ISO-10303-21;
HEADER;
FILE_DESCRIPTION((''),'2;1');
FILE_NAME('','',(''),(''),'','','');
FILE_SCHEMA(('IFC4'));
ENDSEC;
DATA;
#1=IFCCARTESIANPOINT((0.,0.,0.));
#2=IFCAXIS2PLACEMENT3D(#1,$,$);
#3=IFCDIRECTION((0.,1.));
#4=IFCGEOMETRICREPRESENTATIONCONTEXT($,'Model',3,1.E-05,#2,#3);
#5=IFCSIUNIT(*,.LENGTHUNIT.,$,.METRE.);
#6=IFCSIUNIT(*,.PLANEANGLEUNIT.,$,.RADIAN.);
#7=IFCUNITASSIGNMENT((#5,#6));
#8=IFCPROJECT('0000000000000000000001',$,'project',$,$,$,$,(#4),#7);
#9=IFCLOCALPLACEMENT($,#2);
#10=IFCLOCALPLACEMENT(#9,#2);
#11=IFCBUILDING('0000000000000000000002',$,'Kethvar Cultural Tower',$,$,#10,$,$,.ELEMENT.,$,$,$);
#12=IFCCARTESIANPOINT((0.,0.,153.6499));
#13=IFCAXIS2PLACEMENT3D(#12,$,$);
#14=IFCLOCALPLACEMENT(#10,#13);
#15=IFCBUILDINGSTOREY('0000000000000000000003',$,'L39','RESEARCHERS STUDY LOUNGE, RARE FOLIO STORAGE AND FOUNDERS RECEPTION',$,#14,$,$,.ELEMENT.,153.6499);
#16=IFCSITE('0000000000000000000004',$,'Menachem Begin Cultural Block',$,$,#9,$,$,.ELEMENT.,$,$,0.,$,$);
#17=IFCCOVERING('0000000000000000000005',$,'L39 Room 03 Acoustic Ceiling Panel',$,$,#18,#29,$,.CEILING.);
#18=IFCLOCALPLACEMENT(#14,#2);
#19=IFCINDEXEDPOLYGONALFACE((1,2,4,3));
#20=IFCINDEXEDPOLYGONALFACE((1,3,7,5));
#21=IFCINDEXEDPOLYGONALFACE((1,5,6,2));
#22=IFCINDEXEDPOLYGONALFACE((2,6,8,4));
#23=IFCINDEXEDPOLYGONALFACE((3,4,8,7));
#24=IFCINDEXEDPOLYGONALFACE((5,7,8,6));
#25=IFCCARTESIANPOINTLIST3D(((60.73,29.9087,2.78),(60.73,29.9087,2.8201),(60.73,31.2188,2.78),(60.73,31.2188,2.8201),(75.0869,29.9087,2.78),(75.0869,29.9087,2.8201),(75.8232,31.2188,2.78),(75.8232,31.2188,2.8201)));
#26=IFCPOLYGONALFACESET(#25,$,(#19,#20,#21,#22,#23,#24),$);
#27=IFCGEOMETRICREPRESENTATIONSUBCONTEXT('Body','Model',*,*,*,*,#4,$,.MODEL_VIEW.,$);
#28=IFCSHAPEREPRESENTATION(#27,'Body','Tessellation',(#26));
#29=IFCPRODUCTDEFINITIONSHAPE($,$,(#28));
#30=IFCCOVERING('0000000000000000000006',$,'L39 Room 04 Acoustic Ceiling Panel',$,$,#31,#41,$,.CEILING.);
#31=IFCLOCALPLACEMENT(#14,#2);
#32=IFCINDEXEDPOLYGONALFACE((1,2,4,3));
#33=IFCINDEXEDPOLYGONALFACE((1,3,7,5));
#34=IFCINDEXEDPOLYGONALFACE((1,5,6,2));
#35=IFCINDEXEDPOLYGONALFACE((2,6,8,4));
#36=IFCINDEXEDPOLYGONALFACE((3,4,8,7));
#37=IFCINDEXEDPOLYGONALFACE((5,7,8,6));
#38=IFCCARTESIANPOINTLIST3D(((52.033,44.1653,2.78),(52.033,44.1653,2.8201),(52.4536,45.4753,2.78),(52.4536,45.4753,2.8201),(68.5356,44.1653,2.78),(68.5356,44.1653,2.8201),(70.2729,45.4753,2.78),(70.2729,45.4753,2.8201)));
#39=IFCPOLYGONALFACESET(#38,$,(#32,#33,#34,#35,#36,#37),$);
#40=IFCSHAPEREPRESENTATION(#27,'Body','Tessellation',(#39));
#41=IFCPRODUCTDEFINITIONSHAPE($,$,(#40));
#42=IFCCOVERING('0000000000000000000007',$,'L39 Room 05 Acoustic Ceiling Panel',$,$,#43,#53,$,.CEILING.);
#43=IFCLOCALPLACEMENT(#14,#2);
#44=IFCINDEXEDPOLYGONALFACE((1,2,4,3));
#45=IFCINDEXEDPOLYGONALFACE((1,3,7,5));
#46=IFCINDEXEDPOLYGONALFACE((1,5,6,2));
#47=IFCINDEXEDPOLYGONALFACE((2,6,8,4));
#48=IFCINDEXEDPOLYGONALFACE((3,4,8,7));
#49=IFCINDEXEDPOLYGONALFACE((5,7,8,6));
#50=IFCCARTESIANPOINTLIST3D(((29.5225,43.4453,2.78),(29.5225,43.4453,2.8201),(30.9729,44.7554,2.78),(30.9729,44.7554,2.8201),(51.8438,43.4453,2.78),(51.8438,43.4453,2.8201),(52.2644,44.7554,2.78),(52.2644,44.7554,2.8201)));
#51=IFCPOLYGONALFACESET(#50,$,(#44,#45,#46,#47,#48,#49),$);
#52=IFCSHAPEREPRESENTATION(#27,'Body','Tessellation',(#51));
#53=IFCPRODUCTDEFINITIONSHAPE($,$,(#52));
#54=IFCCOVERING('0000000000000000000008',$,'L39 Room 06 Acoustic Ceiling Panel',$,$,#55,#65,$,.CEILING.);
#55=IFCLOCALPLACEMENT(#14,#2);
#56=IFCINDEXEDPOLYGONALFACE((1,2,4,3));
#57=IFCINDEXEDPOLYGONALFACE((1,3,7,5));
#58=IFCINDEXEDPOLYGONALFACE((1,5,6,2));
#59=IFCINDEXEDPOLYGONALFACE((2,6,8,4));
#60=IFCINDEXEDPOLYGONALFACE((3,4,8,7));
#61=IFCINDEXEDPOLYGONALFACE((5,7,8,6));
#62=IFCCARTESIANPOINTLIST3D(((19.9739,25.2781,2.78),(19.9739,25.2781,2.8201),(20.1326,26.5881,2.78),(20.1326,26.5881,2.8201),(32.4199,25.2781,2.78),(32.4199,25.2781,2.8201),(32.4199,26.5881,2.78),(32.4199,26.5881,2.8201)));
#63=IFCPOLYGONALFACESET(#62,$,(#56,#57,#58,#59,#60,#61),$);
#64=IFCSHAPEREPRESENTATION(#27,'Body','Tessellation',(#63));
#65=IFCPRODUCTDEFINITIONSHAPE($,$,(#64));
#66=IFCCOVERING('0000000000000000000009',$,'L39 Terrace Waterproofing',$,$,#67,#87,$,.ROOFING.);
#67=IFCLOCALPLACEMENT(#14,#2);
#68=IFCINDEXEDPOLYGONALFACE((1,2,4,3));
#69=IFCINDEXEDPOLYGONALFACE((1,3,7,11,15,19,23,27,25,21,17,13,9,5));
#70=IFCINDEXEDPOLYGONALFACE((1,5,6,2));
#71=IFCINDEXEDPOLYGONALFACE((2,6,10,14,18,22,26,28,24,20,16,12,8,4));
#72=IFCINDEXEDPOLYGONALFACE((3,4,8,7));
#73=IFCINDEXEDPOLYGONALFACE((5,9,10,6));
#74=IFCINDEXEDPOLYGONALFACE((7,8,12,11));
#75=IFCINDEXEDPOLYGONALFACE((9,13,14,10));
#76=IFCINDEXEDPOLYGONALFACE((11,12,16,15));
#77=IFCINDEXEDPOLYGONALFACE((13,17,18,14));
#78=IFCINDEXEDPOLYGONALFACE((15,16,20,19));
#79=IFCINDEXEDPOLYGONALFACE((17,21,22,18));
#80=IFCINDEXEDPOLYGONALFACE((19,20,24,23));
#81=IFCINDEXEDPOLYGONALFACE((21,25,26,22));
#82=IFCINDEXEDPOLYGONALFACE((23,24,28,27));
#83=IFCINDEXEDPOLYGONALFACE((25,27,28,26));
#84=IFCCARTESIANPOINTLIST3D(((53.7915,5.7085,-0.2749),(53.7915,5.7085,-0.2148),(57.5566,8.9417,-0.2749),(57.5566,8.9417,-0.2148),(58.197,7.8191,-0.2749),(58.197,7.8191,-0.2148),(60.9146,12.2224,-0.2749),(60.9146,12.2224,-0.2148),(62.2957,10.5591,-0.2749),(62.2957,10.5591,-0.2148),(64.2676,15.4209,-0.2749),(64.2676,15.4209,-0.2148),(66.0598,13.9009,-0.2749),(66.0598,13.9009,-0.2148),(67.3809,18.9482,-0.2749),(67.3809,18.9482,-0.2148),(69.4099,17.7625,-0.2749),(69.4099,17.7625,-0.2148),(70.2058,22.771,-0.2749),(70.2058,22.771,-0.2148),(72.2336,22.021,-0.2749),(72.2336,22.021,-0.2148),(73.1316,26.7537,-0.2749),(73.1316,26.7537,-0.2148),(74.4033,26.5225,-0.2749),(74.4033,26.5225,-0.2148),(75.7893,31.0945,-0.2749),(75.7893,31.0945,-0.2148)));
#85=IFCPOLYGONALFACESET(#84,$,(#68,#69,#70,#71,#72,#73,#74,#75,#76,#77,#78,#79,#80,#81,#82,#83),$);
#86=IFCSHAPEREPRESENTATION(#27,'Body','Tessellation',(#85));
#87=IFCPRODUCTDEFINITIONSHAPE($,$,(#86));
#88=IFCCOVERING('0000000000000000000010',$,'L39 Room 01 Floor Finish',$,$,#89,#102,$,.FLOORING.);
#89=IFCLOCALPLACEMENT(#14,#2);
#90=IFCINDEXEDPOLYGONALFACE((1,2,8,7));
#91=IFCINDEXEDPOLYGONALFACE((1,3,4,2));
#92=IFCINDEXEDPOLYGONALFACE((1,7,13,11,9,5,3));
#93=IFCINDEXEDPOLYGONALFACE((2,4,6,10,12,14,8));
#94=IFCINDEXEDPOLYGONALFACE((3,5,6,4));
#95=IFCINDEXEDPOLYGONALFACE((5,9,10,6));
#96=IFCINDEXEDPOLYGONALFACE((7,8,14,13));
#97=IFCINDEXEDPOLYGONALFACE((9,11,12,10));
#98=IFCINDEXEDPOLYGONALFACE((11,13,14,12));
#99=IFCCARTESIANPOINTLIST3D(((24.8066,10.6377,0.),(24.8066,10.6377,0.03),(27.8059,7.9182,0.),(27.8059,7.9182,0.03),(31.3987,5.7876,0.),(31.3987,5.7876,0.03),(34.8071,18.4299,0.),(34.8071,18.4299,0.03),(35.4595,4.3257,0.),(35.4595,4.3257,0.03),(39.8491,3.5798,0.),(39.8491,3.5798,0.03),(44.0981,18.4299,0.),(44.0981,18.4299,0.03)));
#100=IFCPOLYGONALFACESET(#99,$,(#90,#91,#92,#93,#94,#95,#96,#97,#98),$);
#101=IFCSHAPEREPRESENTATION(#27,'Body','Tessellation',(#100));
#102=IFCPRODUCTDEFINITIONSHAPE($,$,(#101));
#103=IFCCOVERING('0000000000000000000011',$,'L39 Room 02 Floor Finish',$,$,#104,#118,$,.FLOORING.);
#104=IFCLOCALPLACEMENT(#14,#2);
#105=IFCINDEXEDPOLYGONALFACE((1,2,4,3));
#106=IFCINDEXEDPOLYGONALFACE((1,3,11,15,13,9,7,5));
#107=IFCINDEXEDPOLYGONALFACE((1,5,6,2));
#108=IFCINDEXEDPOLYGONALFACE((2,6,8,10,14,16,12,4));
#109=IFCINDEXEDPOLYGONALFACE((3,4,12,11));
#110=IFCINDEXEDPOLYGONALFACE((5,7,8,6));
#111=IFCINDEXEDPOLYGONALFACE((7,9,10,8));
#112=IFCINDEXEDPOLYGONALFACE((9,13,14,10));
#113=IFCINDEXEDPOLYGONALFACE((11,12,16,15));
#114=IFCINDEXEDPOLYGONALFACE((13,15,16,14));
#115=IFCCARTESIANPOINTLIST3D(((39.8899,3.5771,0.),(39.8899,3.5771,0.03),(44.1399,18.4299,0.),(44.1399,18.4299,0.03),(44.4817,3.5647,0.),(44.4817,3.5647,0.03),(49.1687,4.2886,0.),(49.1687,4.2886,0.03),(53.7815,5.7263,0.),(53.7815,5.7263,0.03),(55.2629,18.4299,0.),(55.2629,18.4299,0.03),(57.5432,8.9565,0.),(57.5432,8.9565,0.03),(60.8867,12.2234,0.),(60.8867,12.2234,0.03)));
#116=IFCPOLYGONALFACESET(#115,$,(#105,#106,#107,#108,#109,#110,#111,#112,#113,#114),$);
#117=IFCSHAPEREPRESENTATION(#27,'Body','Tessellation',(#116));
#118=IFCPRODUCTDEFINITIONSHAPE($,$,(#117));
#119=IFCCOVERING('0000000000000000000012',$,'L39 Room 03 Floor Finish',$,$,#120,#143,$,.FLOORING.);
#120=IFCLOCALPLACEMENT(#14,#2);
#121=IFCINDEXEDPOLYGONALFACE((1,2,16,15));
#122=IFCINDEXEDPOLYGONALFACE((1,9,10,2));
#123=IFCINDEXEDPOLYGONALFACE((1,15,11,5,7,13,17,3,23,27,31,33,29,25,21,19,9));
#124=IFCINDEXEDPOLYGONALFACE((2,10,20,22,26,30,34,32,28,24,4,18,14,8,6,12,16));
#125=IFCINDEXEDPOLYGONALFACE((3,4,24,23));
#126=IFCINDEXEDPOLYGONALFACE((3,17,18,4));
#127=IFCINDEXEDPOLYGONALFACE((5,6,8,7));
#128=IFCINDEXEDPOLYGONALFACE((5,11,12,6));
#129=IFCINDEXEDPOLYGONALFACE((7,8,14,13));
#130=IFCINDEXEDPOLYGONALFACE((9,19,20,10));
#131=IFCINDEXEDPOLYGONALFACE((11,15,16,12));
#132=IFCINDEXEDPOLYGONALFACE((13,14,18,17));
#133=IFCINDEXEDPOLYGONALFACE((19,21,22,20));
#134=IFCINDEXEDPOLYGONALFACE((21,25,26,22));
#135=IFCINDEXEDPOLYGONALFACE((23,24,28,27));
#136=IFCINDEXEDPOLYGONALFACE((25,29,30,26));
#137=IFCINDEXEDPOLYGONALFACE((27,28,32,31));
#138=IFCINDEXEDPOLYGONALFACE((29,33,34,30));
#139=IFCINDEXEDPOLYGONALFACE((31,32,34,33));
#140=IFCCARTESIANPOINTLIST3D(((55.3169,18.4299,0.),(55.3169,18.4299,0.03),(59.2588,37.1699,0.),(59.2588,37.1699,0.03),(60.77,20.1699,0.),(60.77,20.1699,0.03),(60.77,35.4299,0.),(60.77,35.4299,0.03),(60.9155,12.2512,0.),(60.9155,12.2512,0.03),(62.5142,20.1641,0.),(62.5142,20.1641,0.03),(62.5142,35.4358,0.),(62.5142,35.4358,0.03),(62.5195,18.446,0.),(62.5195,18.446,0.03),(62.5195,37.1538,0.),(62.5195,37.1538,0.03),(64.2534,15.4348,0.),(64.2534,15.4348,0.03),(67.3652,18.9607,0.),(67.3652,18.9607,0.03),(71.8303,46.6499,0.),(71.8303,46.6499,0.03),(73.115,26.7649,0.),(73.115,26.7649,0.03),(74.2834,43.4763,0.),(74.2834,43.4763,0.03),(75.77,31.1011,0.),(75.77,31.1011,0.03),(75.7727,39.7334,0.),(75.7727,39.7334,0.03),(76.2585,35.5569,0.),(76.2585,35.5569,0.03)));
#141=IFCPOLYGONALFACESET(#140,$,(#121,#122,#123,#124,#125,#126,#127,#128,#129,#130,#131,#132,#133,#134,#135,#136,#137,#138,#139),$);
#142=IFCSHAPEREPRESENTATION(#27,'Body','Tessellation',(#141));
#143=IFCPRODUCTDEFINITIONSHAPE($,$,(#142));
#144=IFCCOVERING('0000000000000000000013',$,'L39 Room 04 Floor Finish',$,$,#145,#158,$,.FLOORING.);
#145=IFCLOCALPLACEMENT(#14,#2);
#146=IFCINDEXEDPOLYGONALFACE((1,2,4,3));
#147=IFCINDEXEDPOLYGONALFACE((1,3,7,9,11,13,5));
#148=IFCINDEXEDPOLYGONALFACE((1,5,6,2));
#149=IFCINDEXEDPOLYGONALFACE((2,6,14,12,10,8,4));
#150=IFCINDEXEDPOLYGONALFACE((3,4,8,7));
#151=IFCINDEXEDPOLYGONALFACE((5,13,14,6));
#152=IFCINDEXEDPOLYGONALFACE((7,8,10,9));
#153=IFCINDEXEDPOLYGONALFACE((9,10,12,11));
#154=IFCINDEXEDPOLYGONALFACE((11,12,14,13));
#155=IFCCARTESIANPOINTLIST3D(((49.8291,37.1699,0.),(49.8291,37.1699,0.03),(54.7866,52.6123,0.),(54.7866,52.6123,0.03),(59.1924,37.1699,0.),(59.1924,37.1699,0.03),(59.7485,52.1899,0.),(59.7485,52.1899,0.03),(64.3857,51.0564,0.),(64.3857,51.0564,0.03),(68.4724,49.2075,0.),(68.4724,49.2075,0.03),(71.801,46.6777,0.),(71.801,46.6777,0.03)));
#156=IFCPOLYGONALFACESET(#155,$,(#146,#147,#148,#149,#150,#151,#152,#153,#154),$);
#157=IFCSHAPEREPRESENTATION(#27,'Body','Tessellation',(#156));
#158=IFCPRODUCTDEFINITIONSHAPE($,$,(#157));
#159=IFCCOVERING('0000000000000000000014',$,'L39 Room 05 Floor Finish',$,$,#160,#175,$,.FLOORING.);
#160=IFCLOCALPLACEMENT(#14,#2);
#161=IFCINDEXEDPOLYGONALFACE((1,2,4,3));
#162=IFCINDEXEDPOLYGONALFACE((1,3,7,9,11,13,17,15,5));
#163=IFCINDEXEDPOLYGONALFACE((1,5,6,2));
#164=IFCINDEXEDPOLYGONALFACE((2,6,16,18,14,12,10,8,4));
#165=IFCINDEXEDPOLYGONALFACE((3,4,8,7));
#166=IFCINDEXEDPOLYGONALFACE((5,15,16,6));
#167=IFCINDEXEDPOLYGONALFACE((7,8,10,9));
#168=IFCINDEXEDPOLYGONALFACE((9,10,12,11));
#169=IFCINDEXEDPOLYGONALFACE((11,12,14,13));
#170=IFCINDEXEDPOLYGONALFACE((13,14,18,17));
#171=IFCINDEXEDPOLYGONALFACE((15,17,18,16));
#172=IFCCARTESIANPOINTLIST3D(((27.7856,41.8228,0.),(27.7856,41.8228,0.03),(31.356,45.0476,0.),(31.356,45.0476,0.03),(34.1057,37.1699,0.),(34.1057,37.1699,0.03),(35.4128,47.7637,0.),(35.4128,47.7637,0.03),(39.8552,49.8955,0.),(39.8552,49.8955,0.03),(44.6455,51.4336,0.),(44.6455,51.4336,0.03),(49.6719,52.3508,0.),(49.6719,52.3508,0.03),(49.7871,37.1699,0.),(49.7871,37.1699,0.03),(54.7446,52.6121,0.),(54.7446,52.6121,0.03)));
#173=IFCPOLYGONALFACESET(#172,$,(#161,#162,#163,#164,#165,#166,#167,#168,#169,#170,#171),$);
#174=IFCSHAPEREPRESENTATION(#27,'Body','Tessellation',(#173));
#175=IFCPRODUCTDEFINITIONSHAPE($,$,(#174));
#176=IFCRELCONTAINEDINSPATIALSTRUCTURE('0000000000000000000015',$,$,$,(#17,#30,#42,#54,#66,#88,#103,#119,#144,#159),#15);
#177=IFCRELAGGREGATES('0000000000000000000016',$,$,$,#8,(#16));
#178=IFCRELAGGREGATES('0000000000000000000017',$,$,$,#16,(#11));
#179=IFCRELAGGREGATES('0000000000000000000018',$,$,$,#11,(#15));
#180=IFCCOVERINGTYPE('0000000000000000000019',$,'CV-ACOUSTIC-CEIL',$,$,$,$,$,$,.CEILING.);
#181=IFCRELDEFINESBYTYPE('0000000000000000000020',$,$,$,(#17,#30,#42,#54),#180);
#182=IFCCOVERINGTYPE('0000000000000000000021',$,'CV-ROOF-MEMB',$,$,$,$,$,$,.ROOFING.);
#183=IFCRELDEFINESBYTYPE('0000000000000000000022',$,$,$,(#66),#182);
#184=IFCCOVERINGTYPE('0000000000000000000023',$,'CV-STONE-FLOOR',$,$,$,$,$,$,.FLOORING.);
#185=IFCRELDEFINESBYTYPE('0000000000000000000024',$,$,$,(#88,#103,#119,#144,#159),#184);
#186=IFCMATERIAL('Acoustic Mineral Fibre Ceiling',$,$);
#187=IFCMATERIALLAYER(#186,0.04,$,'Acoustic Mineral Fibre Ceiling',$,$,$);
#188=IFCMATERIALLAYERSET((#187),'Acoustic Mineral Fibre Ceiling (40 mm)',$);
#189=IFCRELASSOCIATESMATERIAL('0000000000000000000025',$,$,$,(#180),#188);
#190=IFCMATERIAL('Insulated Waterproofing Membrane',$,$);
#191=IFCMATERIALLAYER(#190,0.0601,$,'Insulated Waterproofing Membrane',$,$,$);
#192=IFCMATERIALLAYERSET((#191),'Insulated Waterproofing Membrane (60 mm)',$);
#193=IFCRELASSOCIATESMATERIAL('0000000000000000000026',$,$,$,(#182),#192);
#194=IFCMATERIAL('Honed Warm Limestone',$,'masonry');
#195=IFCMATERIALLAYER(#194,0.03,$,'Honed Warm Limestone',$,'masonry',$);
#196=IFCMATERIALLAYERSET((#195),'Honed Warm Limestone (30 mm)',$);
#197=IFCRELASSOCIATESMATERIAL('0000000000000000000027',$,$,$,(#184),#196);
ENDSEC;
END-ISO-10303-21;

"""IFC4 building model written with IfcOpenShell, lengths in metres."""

from ifc_helpers import new_model, si_unit, direction, frame, origin, place, context, subcontext, project, spatial, polyline, outline, extrude, material, layer, layer_set, type_object, element, save


model = new_model("IFC4")

# Units and contexts
model_context = context("Model", 3, precision=1e-05, world=origin(), true_north=direction((0.0, 1.0)))
body_context = subcontext(model_context, "Body", "Model", "MODEL_VIEW")
ifc_project = project(units=[si_unit("LENGTHUNIT", "METRE"), si_unit("PLANEANGLEUNIT", "RADIAN")], contexts=[model_context])

# Site, building, storey
site_placement = place(None, origin())
site = spatial("IfcSite", under=ifc_project, at=site_placement, Name="Menachem Begin Cultural Block", CompositionType="ELEMENT", RefElevation=0.0)
building_placement = place(site_placement, origin())
building = spatial("IfcBuilding", under=site, at=building_placement, Name="Kethvar Cultural Tower", CompositionType="ELEMENT")
storey_placement = place(building_placement, frame((0.0, 0.0, 153.6499)))
storey = spatial("IfcBuildingStorey", under=building, at=storey_placement, Name="L39", Description="RESEARCHERS STUDY LOUNGE, RARE FOLIO STORAGE AND FOUNDERS RECEPTION", CompositionType="ELEMENT", Elevation=153.6499)

# Coverings
ifc_material_1 = material(Name="Acoustic Mineral Fibre Ceiling")
ifc_layer_1 = layer(ifc_material_1, 0.04, Name="Acoustic Mineral Fibre Ceiling")
ifc_layer_set_1 = layer_set([ifc_layer_1], Name="Acoustic Mineral Fibre Ceiling (40 mm)")
covering_type_1 = type_object("IfcCoveringType", Name="CV-ACOUSTIC-CEIL", PredefinedType="CEILING", material=ifc_layer_set_1)
covering_1_placement = place(storey_placement, frame((0.0, 0.0, 2.78)))
element("IfcCovering", 1, at=covering_1_placement, inside=storey, type_object=covering_type_1, Name="L39 Room 03 Acoustic Ceiling Panel", PredefinedType="CEILING", context=body_context, shape_type="SweptSolid", body=[
    extrude(outline(polyline([(75.8232, 31.2188), (75.0869, 29.9087), (60.73, 29.9087), (60.73, 31.2188), (75.8232, 31.2188)])), origin(), (0.0, 0.0, 1.0), 0.04),
])
covering_2_placement = place(storey_placement, frame((0.0, 0.0, 2.78)))
element("IfcCovering", 2, at=covering_2_placement, inside=storey, type_object=covering_type_1, Name="L39 Room 04 Acoustic Ceiling Panel", PredefinedType="CEILING", context=body_context, shape_type="SweptSolid", body=[
    extrude(outline(polyline([(68.5356, 44.1653), (52.033, 44.1653), (52.4536, 45.4753), (70.2729, 45.4753), (68.5356, 44.1653)])), origin(), (0.0, 0.0, 1.0), 0.04),
])
covering_3_placement = place(storey_placement, frame((0.0, 0.0, 2.78)))
element("IfcCovering", 3, at=covering_3_placement, inside=storey, type_object=covering_type_1, Name="L39 Room 05 Acoustic Ceiling Panel", PredefinedType="CEILING", context=body_context, shape_type="SweptSolid", body=[
    extrude(outline(polyline([(51.8438, 43.4453), (29.5225, 43.4453), (30.9729, 44.7554), (52.2644, 44.7554), (51.8438, 43.4453)])), origin(), (0.0, 0.0, 1.0), 0.04),
])
covering_4_placement = place(storey_placement, frame((0.0, 0.0, 2.78)))
element("IfcCovering", 4, at=covering_4_placement, inside=storey, type_object=covering_type_1, Name="L39 Room 06 Acoustic Ceiling Panel", PredefinedType="CEILING", context=body_context, shape_type="SweptSolid", body=[
    extrude(outline(polyline([(19.9739, 25.2781), (20.1326, 26.5881), (32.4199, 26.5881), (32.4199, 25.2781), (19.9739, 25.2781)])), origin(), (0.0, 0.0, 1.0), 0.04),
])
ifc_material_2 = material(Name="Insulated Waterproofing Membrane")
ifc_layer_2 = layer(ifc_material_2, 0.0601, Name="Insulated Waterproofing Membrane")
ifc_layer_set_2 = layer_set([ifc_layer_2], Name="Insulated Waterproofing Membrane (60 mm)")
covering_type_2 = type_object("IfcCoveringType", Name="CV-ROOF-MEMB", PredefinedType="ROOFING", material=ifc_layer_set_2)
covering_5_placement = place(storey_placement, frame((0.0, 0.0, -0.2749)))
element("IfcCovering", 5, at=covering_5_placement, inside=storey, type_object=covering_type_2, Name="L39 Terrace Waterproofing", PredefinedType="ROOFING", context=body_context, shape_type="SweptSolid", body=[
    extrude(outline(polyline([(53.7915, 5.7085), (58.197, 7.8191), (62.2957, 10.5591), (66.0598, 13.9009), (69.4099, 17.7625), (72.2336, 22.021), (74.4033, 26.5225), (75.7893, 31.0945), (73.1316, 26.7537), (70.2058, 22.771), (67.3809, 18.9482), (64.2676, 15.4209), (60.9146, 12.2224), (57.5566, 8.9417), (53.7915, 5.7085)])), origin(), (0.0, 0.0, 1.0), 0.0601),
])
ifc_material_3 = material(Name="Honed Warm Limestone", Category="masonry")
ifc_layer_3 = layer(ifc_material_3, 0.03, Name="Honed Warm Limestone", Category="masonry")
ifc_layer_set_3 = layer_set([ifc_layer_3], Name="Honed Warm Limestone (30 mm)")
covering_type_3 = type_object("IfcCoveringType", Name="CV-STONE-FLOOR", PredefinedType="FLOORING", material=ifc_layer_set_3)
covering_6_placement = place(storey_placement, origin())
element("IfcCovering", 6, at=covering_6_placement, inside=storey, type_object=covering_type_3, Name="L39 Room 01 Floor Finish", PredefinedType="FLOORING", context=body_context, shape_type="SweptSolid", body=[
    extrude(outline(polyline([(35.4595, 4.3257), (31.3987, 5.7876), (27.8059, 7.9182), (24.8066, 10.6377), (34.8071, 18.4299), (44.0981, 18.4299), (39.8491, 3.5798), (35.4595, 4.3257)])), origin(), (0.0, 0.0, 1.0), 0.03),
])
covering_7_placement = place(storey_placement, origin())
element("IfcCovering", 7, at=covering_7_placement, inside=storey, type_object=covering_type_3, Name="L39 Room 02 Floor Finish", PredefinedType="FLOORING", context=body_context, shape_type="SweptSolid", body=[
    extrude(outline(polyline([(60.8867, 12.2234), (57.5432, 8.9565), (53.7815, 5.7263), (49.1687, 4.2886), (44.4817, 3.5647), (39.8899, 3.5771), (44.1399, 18.4299), (55.2629, 18.4299), (60.8867, 12.2234)])), origin(), (0.0, 0.0, 1.0), 0.03),
])
covering_8_placement = place(storey_placement, origin())
element("IfcCovering", 8, at=covering_8_placement, inside=storey, type_object=covering_type_3, Name="L39 Room 03 Floor Finish", PredefinedType="FLOORING", context=body_context, shape_type="SweptSolid", body=[
    extrude(outline(polyline([(76.2585, 35.5569), (75.77, 31.1011), (73.115, 26.7649), (67.3652, 18.9607), (64.2534, 15.4348), (60.9155, 12.2512), (55.3169, 18.4299), (62.5195, 18.446), (62.5142, 20.1641), (60.77, 20.1699), (60.77, 35.4299), (62.5142, 35.4358), (62.5195, 37.1538), (59.2588, 37.1699), (71.8303, 46.6499), (74.2834, 43.4763), (75.7727, 39.7334), (76.2585, 35.5569)])), origin(), (0.0, 0.0, 1.0), 0.03),
])
covering_9_placement = place(storey_placement, origin())
element("IfcCovering", 9, at=covering_9_placement, inside=storey, type_object=covering_type_3, Name="L39 Room 04 Floor Finish", PredefinedType="FLOORING", context=body_context, shape_type="SweptSolid", body=[
    extrude(outline(polyline([(59.7485, 52.1899), (64.3857, 51.0564), (68.4724, 49.2075), (71.801, 46.6777), (59.1924, 37.1699), (49.8291, 37.1699), (54.7866, 52.6123), (59.7485, 52.1899)])), origin(), (0.0, 0.0, 1.0), 0.03),
])
covering_10_placement = place(storey_placement, origin())
element("IfcCovering", 10, at=covering_10_placement, inside=storey, type_object=covering_type_3, Name="L39 Room 05 Floor Finish", PredefinedType="FLOORING", context=body_context, shape_type="SweptSolid", body=[
    extrude(outline(polyline([(31.356, 45.0476), (35.4128, 47.7637), (39.8552, 49.8955), (44.6455, 51.4336), (49.6719, 52.3508), (54.7446, 52.6121), (49.7871, 37.1699), (34.1057, 37.1699), (27.7856, 41.8228), (31.356, 45.0476)])), origin(), (0.0, 0.0, 1.0), 0.03),
])

save(model, "model.ifc")
